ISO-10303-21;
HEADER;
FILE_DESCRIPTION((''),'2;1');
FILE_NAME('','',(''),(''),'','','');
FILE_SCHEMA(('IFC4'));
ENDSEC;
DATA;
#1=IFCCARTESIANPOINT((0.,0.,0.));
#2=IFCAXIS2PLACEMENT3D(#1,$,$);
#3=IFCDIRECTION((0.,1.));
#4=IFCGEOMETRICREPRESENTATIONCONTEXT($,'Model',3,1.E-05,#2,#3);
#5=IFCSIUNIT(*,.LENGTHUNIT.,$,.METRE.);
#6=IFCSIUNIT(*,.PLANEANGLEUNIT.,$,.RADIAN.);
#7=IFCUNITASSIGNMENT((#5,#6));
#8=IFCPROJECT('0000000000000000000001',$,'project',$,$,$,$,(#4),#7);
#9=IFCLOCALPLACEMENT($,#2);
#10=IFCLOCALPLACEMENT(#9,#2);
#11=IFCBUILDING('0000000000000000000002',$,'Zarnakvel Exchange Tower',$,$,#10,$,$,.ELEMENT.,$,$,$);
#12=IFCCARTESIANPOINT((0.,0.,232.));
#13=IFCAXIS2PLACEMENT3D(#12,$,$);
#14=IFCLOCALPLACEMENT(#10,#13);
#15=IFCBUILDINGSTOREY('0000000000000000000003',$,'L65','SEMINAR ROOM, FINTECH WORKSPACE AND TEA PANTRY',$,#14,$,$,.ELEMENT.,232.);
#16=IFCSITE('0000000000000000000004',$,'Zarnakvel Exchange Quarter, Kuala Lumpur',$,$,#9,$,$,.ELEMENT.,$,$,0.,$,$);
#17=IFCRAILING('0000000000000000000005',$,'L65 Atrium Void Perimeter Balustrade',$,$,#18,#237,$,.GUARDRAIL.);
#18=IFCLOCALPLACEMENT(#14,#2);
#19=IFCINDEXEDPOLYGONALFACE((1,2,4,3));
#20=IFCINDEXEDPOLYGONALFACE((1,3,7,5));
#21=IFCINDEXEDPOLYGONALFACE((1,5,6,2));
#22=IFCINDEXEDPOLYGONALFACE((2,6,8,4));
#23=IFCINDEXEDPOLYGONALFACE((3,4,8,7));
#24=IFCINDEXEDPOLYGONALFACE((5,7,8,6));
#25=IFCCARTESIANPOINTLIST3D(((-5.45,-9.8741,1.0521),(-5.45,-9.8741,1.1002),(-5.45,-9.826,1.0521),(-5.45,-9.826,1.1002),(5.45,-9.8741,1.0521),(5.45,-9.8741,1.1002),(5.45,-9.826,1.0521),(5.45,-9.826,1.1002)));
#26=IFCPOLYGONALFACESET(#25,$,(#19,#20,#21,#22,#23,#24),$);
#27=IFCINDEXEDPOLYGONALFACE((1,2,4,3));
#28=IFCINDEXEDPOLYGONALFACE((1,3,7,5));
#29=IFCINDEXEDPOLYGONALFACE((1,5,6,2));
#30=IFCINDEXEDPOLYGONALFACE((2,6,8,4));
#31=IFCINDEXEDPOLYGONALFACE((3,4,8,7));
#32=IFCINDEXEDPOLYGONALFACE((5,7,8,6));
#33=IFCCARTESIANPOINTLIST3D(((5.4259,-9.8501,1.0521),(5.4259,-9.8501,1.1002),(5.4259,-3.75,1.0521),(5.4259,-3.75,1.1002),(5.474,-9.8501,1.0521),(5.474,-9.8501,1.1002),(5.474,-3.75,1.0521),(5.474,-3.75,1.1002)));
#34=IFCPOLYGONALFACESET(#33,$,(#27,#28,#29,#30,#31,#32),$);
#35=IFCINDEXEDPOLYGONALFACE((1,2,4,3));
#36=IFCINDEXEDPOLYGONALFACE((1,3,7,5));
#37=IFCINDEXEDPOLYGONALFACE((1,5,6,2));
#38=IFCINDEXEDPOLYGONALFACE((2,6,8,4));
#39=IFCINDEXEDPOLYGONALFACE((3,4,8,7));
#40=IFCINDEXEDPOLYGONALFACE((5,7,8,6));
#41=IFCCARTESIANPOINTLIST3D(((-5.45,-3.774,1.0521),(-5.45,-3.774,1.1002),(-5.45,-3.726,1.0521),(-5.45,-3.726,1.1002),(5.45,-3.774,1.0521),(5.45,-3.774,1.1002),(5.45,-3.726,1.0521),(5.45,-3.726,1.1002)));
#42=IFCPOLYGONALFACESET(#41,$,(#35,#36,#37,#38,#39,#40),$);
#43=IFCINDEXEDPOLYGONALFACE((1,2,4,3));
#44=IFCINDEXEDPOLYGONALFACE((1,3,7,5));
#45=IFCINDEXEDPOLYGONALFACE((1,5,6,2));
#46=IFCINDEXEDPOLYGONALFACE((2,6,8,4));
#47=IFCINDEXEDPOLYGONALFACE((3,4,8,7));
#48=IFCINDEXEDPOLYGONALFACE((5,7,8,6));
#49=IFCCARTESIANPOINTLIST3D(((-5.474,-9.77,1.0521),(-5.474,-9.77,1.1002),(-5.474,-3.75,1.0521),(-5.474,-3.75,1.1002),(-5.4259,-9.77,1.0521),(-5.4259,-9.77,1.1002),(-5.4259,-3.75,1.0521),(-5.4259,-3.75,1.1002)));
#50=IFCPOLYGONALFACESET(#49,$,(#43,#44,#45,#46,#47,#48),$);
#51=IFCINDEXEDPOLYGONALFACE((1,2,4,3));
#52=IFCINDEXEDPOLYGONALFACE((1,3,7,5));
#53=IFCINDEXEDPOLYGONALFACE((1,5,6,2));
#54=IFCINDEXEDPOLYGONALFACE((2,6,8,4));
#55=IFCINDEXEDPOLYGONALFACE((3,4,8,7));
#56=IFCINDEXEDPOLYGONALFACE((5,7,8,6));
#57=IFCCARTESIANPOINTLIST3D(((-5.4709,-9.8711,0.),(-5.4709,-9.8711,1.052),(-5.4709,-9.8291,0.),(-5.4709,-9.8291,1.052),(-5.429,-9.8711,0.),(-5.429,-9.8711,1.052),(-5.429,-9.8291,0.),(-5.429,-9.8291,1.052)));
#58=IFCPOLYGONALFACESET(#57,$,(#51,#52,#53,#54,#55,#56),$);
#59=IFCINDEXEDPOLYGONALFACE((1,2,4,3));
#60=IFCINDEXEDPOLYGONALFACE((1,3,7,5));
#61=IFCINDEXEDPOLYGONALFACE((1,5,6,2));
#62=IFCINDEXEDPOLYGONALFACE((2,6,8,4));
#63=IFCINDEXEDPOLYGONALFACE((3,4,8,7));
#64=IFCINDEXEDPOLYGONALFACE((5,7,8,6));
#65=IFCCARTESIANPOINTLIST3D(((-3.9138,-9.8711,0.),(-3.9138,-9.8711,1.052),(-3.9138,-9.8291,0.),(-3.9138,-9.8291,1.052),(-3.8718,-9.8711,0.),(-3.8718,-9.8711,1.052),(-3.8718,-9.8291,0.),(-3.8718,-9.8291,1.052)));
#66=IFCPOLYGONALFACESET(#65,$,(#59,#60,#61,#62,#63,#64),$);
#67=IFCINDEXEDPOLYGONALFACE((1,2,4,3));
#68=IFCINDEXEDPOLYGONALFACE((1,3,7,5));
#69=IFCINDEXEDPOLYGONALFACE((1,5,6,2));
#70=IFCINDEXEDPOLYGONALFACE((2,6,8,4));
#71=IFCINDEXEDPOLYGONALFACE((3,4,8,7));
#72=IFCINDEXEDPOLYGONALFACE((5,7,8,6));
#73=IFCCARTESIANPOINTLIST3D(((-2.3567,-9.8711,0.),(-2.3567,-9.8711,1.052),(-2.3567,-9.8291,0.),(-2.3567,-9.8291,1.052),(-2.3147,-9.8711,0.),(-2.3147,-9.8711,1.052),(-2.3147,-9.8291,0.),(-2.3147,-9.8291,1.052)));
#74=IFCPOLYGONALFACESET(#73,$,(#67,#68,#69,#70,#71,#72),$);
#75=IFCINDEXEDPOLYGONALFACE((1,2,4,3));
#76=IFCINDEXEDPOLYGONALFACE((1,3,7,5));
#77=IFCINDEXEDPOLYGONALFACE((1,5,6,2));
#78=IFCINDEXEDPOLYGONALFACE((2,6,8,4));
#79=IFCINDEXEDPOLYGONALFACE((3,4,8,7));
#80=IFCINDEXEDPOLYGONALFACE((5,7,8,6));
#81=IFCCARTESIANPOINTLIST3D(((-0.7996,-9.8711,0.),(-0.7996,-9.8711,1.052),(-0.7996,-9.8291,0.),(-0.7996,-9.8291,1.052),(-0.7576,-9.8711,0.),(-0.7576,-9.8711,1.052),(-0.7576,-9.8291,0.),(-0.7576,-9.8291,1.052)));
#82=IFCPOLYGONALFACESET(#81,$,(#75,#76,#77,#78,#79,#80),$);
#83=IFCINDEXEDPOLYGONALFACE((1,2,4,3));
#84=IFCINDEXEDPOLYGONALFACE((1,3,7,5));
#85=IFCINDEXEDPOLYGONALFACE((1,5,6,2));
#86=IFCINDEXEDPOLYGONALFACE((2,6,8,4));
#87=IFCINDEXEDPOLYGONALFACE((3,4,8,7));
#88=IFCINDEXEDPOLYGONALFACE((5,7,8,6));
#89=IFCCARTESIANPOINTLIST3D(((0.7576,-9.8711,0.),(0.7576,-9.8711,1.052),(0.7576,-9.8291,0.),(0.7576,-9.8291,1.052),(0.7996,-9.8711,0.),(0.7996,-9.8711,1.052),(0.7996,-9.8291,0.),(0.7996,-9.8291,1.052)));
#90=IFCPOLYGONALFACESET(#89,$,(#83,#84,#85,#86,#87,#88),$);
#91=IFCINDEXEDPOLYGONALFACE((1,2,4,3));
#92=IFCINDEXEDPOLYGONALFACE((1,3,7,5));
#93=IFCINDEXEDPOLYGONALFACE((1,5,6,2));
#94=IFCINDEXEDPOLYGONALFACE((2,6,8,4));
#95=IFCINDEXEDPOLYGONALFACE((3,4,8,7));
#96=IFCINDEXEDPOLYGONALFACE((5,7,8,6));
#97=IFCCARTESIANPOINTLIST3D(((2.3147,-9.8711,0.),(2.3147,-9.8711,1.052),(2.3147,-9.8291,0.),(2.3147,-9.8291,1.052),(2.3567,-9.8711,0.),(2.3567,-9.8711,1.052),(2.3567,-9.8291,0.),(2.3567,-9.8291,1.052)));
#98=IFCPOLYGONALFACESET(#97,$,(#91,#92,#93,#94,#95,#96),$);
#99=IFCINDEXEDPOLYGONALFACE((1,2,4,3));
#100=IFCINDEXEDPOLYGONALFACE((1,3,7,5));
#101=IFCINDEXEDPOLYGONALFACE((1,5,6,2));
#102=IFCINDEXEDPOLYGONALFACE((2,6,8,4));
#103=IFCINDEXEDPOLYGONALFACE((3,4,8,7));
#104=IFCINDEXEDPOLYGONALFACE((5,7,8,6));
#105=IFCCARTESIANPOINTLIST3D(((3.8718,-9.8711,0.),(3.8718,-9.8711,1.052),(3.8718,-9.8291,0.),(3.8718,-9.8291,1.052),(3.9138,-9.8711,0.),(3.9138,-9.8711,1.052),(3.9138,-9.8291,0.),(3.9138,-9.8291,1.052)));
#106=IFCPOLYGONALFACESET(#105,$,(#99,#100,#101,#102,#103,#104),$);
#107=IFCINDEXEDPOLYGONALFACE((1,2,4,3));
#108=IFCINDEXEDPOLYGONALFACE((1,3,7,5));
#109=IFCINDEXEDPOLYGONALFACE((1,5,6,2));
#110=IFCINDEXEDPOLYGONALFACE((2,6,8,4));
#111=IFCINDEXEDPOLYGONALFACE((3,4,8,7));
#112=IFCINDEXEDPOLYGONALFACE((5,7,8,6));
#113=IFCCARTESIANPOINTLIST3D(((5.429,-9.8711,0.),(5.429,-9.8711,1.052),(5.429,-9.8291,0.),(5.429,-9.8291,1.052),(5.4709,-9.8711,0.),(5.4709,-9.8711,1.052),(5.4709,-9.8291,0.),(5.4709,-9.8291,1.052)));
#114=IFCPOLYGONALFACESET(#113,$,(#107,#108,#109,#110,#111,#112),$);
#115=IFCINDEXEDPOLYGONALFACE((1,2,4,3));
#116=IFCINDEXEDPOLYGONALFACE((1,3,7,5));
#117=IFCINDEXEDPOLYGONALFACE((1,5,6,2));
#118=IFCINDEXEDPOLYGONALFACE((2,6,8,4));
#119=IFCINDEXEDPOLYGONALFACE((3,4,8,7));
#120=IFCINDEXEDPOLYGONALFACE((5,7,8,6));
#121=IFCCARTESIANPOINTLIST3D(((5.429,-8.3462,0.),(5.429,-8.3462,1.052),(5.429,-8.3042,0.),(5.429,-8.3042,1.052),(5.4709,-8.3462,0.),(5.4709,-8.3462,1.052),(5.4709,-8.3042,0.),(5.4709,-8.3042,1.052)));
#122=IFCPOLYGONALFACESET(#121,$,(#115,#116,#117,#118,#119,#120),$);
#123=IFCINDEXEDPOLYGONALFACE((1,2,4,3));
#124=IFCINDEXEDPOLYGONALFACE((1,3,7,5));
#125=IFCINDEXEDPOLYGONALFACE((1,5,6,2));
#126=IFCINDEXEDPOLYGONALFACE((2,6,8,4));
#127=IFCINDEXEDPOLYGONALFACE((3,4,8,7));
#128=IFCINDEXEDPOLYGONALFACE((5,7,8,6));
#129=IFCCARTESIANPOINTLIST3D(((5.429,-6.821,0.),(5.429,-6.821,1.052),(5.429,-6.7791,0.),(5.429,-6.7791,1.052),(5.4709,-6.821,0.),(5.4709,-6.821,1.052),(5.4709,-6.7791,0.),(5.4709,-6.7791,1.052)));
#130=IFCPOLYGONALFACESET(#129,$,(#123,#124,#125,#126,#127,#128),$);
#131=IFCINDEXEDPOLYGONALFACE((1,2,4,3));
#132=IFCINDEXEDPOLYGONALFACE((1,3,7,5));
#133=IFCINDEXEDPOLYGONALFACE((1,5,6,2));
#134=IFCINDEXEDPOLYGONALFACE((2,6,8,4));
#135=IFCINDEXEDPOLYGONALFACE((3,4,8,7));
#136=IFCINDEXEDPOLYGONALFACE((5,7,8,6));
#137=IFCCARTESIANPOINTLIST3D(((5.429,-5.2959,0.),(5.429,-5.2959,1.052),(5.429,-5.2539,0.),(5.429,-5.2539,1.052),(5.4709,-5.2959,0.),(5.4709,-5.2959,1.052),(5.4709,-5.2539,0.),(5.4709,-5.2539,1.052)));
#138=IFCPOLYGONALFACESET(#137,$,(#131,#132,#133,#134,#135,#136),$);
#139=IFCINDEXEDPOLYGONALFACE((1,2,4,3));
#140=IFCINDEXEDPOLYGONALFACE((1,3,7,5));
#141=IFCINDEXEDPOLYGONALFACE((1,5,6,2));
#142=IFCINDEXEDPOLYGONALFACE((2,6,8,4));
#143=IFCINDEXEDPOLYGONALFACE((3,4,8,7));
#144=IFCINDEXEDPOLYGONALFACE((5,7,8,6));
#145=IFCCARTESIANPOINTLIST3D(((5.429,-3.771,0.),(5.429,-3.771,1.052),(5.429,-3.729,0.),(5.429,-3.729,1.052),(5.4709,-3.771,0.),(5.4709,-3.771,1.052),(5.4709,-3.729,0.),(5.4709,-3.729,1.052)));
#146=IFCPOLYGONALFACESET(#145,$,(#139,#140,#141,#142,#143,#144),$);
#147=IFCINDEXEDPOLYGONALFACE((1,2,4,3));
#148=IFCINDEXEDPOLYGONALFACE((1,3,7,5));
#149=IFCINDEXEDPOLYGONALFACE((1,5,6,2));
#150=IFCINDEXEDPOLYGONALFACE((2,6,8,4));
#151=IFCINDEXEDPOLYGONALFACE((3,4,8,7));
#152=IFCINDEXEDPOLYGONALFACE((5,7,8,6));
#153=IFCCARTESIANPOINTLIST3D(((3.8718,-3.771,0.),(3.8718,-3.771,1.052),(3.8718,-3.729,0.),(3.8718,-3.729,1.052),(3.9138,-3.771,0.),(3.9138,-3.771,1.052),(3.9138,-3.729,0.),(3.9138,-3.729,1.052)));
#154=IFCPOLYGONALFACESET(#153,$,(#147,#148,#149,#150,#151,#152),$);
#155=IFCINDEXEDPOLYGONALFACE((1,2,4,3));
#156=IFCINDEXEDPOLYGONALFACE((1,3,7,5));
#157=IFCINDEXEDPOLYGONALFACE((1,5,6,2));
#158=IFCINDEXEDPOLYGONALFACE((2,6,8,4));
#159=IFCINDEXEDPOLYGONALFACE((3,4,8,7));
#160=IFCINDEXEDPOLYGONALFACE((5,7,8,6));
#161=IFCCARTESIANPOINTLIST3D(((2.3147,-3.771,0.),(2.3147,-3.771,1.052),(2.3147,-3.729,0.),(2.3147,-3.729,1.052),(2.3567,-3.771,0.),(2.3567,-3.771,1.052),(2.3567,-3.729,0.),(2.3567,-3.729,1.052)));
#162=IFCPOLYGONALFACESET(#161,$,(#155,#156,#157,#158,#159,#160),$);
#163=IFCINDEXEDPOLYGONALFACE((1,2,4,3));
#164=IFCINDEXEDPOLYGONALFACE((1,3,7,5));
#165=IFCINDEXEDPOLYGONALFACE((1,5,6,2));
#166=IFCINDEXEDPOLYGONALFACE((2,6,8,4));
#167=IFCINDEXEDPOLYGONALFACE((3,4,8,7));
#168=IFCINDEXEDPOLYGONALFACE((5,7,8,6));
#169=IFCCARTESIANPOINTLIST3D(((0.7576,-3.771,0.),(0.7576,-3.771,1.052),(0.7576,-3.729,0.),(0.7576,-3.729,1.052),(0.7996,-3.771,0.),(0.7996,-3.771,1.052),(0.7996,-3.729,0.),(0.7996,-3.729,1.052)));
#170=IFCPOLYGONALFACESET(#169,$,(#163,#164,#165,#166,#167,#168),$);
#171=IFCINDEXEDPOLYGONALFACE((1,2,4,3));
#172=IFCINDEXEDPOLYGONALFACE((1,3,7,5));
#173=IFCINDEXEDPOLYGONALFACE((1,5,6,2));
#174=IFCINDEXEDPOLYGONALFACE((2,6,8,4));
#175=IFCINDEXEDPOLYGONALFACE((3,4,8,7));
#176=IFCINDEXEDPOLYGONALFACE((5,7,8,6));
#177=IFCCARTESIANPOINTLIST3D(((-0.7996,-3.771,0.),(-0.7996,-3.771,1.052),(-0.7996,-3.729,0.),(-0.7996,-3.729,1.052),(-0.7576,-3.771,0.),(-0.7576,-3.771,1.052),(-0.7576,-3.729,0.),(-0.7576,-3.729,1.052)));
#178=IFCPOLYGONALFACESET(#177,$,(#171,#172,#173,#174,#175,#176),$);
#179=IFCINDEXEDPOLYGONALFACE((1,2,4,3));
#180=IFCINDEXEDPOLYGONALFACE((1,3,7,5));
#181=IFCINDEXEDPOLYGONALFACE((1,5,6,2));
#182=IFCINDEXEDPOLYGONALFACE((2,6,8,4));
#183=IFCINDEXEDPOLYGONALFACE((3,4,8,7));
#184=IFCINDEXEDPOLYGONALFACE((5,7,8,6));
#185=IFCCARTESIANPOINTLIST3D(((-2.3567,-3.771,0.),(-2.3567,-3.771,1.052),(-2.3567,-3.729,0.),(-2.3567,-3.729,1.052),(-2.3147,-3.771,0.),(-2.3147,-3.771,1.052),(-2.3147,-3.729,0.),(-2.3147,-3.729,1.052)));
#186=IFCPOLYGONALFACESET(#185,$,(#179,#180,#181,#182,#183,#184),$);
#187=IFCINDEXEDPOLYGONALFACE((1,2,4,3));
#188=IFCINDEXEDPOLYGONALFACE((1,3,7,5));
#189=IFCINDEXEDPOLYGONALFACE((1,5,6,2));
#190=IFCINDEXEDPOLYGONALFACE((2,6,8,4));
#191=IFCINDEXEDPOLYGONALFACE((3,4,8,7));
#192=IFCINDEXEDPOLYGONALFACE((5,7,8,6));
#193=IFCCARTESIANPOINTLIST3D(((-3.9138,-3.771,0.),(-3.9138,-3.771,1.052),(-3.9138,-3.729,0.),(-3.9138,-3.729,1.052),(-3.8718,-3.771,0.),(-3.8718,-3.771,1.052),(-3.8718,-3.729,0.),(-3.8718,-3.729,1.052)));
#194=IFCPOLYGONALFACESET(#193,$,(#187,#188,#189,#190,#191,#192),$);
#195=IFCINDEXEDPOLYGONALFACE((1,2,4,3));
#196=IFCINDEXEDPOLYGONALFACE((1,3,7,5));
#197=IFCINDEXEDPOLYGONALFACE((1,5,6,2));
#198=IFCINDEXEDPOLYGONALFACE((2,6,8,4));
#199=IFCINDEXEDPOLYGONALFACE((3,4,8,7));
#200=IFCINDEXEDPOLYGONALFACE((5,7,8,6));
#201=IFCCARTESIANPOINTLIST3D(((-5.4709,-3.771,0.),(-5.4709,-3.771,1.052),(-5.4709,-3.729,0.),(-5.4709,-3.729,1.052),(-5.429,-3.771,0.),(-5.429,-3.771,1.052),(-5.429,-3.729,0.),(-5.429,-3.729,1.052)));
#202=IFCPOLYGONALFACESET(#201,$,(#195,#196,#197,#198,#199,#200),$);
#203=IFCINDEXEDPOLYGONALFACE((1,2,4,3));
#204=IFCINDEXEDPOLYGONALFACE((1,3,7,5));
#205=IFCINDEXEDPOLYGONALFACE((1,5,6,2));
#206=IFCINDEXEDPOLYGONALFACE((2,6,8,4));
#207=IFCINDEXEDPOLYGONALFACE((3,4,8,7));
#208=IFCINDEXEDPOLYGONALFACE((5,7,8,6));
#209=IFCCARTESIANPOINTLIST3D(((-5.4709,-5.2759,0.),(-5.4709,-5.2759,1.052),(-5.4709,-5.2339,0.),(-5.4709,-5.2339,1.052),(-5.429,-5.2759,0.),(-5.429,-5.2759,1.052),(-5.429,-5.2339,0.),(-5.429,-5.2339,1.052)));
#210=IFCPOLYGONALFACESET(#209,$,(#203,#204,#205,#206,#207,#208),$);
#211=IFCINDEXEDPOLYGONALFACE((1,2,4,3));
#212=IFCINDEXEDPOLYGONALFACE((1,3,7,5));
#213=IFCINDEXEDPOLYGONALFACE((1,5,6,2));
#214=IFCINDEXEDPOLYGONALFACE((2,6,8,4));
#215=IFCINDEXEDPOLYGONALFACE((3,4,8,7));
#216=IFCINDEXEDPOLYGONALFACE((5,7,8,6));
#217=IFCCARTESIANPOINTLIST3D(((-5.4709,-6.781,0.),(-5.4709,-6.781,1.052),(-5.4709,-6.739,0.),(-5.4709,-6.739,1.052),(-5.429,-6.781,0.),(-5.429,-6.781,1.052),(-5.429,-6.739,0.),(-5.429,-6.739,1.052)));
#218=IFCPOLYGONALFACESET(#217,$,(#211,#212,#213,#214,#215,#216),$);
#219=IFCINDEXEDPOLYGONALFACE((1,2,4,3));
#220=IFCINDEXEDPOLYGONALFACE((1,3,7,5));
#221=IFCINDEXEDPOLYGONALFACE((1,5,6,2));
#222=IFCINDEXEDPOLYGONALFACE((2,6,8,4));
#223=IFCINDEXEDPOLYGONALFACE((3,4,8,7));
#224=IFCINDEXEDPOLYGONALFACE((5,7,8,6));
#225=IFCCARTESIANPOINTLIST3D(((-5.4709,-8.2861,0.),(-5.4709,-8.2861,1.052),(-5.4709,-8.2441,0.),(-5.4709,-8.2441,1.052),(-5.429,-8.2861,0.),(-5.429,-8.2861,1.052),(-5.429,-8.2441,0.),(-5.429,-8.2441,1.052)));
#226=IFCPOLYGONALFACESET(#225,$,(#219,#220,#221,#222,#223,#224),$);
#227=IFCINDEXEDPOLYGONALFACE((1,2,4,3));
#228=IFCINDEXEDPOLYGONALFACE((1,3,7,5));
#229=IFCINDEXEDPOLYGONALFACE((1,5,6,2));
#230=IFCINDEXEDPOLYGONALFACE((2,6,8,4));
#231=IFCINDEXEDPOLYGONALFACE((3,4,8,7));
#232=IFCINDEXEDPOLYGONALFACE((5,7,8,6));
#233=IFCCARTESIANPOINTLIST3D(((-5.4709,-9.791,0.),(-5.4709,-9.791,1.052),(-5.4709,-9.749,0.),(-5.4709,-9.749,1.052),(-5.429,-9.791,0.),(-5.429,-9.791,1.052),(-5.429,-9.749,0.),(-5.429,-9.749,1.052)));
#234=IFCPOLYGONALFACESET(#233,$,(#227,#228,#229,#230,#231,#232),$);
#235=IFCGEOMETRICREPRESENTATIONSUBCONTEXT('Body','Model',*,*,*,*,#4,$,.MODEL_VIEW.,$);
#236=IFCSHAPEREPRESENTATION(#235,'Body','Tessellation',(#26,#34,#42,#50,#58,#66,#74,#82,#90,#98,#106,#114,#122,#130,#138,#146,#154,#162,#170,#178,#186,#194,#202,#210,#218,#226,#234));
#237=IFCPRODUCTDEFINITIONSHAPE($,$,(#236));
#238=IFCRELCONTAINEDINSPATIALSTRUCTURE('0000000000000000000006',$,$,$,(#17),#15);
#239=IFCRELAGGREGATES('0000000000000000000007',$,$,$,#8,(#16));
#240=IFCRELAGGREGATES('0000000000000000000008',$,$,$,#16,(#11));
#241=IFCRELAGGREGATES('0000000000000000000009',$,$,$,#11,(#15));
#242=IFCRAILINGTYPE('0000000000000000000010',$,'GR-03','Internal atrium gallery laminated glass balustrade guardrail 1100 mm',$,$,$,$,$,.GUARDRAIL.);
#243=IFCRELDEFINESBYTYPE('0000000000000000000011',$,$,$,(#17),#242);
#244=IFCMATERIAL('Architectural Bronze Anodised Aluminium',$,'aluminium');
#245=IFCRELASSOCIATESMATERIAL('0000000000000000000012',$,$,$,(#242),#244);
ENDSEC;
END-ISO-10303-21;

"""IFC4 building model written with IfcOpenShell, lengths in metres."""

from ifc_helpers import new_model, si_unit, direction, frame, origin, origin_2d, place, context, subcontext, project, spatial, rectangle, extrude, material, type_object, element, save


model = new_model("IFC4")

# Units and contexts
model_context = context("Model", 3, precision=1e-05, world=origin(), true_north=direction((0.0, 1.0)))
body_context = subcontext(model_context, "Body", "Model", "MODEL_VIEW")
ifc_project = project(units=[si_unit("LENGTHUNIT", "METRE"), si_unit("PLANEANGLEUNIT", "RADIAN")], contexts=[model_context])

# Site, building, storey
site_placement = place(None, origin())
site = spatial("IfcSite", under=ifc_project, at=site_placement, Name="Zarnakvel Exchange Quarter, Kuala Lumpur", CompositionType="ELEMENT", RefElevation=0.0)
building_placement = place(site_placement, origin())
building = spatial("IfcBuilding", under=site, at=building_placement, Name="Zarnakvel Exchange Tower", CompositionType="ELEMENT")
storey_placement = place(building_placement, frame((0.0, 0.0, 232.0)))
storey = spatial("IfcBuildingStorey", under=building, at=storey_placement, Name="L65", Description="SEMINAR ROOM, FINTECH WORKSPACE AND TEA PANTRY", CompositionType="ELEMENT", Elevation=232.0)

# Railing
ifc_material_1 = material(Name="Architectural Bronze Anodised Aluminium", Category="aluminium")
railing_type_1 = type_object("IfcRailingType", Name="GR-03", Description="Internal atrium gallery laminated glass balustrade guardrail 1100 mm", PredefinedType="GUARDRAIL", material=ifc_material_1)
railing_1_placement = place(storey_placement, frame((-5.45, -9.8501, 0.0)))
element("IfcRailing", 1, at=railing_1_placement, inside=storey, type_object=railing_type_1, Name="L65 Atrium Void Perimeter Balustrade", PredefinedType="GUARDRAIL", context=body_context, shape_type="SweptSolid", body=[
    extrude(rectangle(XDim=0.0481, YDim=0.0481, at=origin_2d()), frame((0.0, 0.0, 1.0762), z_axis=(1.0, 0.0, 0.0), x_axis=(0.0, 1.0, 0.0)), (0.0, 0.0, 1.0), 10.8999),
    extrude(rectangle(XDim=0.0481, YDim=0.0481, at=origin_2d()), frame((10.8999, 0.0, 1.0762), z_axis=(0.0, 1.0, 0.0), x_axis=(-1.0, 0.0, 0.0)), (0.0, 0.0, 1.0), 6.1001),
    extrude(rectangle(XDim=0.0481, YDim=0.0481, at=origin_2d()), frame((10.8999, 6.1001, 1.0762), z_axis=(-1.0, 0.0, 0.0), x_axis=(0.0, -1.0, 0.0)), (0.0, 0.0, 1.0), 10.8999),
    extrude(rectangle(XDim=0.0481, YDim=0.0481, at=origin_2d()), frame((0.0, 6.1001, 1.0762), z_axis=(0.0, -1.0, 0.0), x_axis=(1.0, 0.0, 0.0)), (0.0, 0.0, 1.0), 6.02),
    extrude(rectangle(XDim=0.042, YDim=0.042, at=origin_2d()), origin(), (0.0, 0.0, 1.0), 1.052),
    extrude(rectangle(XDim=0.042, YDim=0.042, at=origin_2d()), frame((1.5571, 0.0, 0.0)), (0.0, 0.0, 1.0), 1.052),
    extrude(rectangle(XDim=0.042, YDim=0.042, at=origin_2d()), frame((3.1143, 0.0, 0.0)), (0.0, 0.0, 1.0), 1.052),
    extrude(rectangle(XDim=0.042, YDim=0.042, at=origin_2d()), frame((4.6714, 0.0, 0.0)), (0.0, 0.0, 1.0), 1.052),
    extrude(rectangle(XDim=0.042, YDim=0.042, at=origin_2d()), frame((6.2285, 0.0, 0.0)), (0.0, 0.0, 1.0), 1.052),
    extrude(rectangle(XDim=0.042, YDim=0.042, at=origin_2d()), frame((7.7856, 0.0, 0.0)), (0.0, 0.0, 1.0), 1.052),
    extrude(rectangle(XDim=0.042, YDim=0.042, at=origin_2d()), frame((9.3428, 0.0, 0.0)), (0.0, 0.0, 1.0), 1.052),
    extrude(rectangle(XDim=0.042, YDim=0.042, at=origin_2d()), frame((10.8999, 0.0, 0.0)), (0.0, 0.0, 1.0), 1.052),
    extrude(rectangle(XDim=0.042, YDim=0.042, at=origin_2d()), frame((10.8999, 1.5249, 0.0)), (0.0, 0.0, 1.0), 1.052),
    extrude(rectangle(XDim=0.042, YDim=0.042, at=origin_2d()), frame((10.8999, 3.05, 0.0)), (0.0, 0.0, 1.0), 1.052),
    extrude(rectangle(XDim=0.042, YDim=0.042, at=origin_2d()), frame((10.8999, 4.5752, 0.0)), (0.0, 0.0, 1.0), 1.052),
    extrude(rectangle(XDim=0.042, YDim=0.042, at=origin_2d()), frame((10.8999, 6.1001, 0.0)), (0.0, 0.0, 1.0), 1.052),
    extrude(rectangle(XDim=0.042, YDim=0.042, at=origin_2d()), frame((9.3428, 6.1001, 0.0)), (0.0, 0.0, 1.0), 1.052),
    extrude(rectangle(XDim=0.042, YDim=0.042, at=origin_2d()), frame((7.7856, 6.1001, 0.0)), (0.0, 0.0, 1.0), 1.052),
    extrude(rectangle(XDim=0.042, YDim=0.042, at=origin_2d()), frame((6.2285, 6.1001, 0.0)), (0.0, 0.0, 1.0), 1.052),
    extrude(rectangle(XDim=0.042, YDim=0.042, at=origin_2d()), frame((4.6714, 6.1001, 0.0)), (0.0, 0.0, 1.0), 1.052),
    extrude(rectangle(XDim=0.042, YDim=0.042, at=origin_2d()), frame((3.1143, 6.1001, 0.0)), (0.0, 0.0, 1.0), 1.052),
    extrude(rectangle(XDim=0.042, YDim=0.042, at=origin_2d()), frame((1.5571, 6.1001, 0.0)), (0.0, 0.0, 1.0), 1.052),
    extrude(rectangle(XDim=0.042, YDim=0.042, at=origin_2d()), frame((0.0, 6.1001, 0.0)), (0.0, 0.0, 1.0), 1.052),
    extrude(rectangle(XDim=0.042, YDim=0.042, at=origin_2d()), frame((0.0, 4.5952, 0.0)), (0.0, 0.0, 1.0), 1.052),
    extrude(rectangle(XDim=0.042, YDim=0.042, at=origin_2d()), frame((0.0, 3.0901, 0.0)), (0.0, 0.0, 1.0), 1.052),
    extrude(rectangle(XDim=0.042, YDim=0.042, at=origin_2d()), frame((0.0, 1.585, 0.0)), (0.0, 0.0, 1.0), 1.052),
    extrude(rectangle(XDim=0.042, YDim=0.042, at=origin_2d()), frame((0.0, 0.0801, 0.0)), (0.0, 0.0, 1.0), 1.052),
])

save(model, "model.ifc")
